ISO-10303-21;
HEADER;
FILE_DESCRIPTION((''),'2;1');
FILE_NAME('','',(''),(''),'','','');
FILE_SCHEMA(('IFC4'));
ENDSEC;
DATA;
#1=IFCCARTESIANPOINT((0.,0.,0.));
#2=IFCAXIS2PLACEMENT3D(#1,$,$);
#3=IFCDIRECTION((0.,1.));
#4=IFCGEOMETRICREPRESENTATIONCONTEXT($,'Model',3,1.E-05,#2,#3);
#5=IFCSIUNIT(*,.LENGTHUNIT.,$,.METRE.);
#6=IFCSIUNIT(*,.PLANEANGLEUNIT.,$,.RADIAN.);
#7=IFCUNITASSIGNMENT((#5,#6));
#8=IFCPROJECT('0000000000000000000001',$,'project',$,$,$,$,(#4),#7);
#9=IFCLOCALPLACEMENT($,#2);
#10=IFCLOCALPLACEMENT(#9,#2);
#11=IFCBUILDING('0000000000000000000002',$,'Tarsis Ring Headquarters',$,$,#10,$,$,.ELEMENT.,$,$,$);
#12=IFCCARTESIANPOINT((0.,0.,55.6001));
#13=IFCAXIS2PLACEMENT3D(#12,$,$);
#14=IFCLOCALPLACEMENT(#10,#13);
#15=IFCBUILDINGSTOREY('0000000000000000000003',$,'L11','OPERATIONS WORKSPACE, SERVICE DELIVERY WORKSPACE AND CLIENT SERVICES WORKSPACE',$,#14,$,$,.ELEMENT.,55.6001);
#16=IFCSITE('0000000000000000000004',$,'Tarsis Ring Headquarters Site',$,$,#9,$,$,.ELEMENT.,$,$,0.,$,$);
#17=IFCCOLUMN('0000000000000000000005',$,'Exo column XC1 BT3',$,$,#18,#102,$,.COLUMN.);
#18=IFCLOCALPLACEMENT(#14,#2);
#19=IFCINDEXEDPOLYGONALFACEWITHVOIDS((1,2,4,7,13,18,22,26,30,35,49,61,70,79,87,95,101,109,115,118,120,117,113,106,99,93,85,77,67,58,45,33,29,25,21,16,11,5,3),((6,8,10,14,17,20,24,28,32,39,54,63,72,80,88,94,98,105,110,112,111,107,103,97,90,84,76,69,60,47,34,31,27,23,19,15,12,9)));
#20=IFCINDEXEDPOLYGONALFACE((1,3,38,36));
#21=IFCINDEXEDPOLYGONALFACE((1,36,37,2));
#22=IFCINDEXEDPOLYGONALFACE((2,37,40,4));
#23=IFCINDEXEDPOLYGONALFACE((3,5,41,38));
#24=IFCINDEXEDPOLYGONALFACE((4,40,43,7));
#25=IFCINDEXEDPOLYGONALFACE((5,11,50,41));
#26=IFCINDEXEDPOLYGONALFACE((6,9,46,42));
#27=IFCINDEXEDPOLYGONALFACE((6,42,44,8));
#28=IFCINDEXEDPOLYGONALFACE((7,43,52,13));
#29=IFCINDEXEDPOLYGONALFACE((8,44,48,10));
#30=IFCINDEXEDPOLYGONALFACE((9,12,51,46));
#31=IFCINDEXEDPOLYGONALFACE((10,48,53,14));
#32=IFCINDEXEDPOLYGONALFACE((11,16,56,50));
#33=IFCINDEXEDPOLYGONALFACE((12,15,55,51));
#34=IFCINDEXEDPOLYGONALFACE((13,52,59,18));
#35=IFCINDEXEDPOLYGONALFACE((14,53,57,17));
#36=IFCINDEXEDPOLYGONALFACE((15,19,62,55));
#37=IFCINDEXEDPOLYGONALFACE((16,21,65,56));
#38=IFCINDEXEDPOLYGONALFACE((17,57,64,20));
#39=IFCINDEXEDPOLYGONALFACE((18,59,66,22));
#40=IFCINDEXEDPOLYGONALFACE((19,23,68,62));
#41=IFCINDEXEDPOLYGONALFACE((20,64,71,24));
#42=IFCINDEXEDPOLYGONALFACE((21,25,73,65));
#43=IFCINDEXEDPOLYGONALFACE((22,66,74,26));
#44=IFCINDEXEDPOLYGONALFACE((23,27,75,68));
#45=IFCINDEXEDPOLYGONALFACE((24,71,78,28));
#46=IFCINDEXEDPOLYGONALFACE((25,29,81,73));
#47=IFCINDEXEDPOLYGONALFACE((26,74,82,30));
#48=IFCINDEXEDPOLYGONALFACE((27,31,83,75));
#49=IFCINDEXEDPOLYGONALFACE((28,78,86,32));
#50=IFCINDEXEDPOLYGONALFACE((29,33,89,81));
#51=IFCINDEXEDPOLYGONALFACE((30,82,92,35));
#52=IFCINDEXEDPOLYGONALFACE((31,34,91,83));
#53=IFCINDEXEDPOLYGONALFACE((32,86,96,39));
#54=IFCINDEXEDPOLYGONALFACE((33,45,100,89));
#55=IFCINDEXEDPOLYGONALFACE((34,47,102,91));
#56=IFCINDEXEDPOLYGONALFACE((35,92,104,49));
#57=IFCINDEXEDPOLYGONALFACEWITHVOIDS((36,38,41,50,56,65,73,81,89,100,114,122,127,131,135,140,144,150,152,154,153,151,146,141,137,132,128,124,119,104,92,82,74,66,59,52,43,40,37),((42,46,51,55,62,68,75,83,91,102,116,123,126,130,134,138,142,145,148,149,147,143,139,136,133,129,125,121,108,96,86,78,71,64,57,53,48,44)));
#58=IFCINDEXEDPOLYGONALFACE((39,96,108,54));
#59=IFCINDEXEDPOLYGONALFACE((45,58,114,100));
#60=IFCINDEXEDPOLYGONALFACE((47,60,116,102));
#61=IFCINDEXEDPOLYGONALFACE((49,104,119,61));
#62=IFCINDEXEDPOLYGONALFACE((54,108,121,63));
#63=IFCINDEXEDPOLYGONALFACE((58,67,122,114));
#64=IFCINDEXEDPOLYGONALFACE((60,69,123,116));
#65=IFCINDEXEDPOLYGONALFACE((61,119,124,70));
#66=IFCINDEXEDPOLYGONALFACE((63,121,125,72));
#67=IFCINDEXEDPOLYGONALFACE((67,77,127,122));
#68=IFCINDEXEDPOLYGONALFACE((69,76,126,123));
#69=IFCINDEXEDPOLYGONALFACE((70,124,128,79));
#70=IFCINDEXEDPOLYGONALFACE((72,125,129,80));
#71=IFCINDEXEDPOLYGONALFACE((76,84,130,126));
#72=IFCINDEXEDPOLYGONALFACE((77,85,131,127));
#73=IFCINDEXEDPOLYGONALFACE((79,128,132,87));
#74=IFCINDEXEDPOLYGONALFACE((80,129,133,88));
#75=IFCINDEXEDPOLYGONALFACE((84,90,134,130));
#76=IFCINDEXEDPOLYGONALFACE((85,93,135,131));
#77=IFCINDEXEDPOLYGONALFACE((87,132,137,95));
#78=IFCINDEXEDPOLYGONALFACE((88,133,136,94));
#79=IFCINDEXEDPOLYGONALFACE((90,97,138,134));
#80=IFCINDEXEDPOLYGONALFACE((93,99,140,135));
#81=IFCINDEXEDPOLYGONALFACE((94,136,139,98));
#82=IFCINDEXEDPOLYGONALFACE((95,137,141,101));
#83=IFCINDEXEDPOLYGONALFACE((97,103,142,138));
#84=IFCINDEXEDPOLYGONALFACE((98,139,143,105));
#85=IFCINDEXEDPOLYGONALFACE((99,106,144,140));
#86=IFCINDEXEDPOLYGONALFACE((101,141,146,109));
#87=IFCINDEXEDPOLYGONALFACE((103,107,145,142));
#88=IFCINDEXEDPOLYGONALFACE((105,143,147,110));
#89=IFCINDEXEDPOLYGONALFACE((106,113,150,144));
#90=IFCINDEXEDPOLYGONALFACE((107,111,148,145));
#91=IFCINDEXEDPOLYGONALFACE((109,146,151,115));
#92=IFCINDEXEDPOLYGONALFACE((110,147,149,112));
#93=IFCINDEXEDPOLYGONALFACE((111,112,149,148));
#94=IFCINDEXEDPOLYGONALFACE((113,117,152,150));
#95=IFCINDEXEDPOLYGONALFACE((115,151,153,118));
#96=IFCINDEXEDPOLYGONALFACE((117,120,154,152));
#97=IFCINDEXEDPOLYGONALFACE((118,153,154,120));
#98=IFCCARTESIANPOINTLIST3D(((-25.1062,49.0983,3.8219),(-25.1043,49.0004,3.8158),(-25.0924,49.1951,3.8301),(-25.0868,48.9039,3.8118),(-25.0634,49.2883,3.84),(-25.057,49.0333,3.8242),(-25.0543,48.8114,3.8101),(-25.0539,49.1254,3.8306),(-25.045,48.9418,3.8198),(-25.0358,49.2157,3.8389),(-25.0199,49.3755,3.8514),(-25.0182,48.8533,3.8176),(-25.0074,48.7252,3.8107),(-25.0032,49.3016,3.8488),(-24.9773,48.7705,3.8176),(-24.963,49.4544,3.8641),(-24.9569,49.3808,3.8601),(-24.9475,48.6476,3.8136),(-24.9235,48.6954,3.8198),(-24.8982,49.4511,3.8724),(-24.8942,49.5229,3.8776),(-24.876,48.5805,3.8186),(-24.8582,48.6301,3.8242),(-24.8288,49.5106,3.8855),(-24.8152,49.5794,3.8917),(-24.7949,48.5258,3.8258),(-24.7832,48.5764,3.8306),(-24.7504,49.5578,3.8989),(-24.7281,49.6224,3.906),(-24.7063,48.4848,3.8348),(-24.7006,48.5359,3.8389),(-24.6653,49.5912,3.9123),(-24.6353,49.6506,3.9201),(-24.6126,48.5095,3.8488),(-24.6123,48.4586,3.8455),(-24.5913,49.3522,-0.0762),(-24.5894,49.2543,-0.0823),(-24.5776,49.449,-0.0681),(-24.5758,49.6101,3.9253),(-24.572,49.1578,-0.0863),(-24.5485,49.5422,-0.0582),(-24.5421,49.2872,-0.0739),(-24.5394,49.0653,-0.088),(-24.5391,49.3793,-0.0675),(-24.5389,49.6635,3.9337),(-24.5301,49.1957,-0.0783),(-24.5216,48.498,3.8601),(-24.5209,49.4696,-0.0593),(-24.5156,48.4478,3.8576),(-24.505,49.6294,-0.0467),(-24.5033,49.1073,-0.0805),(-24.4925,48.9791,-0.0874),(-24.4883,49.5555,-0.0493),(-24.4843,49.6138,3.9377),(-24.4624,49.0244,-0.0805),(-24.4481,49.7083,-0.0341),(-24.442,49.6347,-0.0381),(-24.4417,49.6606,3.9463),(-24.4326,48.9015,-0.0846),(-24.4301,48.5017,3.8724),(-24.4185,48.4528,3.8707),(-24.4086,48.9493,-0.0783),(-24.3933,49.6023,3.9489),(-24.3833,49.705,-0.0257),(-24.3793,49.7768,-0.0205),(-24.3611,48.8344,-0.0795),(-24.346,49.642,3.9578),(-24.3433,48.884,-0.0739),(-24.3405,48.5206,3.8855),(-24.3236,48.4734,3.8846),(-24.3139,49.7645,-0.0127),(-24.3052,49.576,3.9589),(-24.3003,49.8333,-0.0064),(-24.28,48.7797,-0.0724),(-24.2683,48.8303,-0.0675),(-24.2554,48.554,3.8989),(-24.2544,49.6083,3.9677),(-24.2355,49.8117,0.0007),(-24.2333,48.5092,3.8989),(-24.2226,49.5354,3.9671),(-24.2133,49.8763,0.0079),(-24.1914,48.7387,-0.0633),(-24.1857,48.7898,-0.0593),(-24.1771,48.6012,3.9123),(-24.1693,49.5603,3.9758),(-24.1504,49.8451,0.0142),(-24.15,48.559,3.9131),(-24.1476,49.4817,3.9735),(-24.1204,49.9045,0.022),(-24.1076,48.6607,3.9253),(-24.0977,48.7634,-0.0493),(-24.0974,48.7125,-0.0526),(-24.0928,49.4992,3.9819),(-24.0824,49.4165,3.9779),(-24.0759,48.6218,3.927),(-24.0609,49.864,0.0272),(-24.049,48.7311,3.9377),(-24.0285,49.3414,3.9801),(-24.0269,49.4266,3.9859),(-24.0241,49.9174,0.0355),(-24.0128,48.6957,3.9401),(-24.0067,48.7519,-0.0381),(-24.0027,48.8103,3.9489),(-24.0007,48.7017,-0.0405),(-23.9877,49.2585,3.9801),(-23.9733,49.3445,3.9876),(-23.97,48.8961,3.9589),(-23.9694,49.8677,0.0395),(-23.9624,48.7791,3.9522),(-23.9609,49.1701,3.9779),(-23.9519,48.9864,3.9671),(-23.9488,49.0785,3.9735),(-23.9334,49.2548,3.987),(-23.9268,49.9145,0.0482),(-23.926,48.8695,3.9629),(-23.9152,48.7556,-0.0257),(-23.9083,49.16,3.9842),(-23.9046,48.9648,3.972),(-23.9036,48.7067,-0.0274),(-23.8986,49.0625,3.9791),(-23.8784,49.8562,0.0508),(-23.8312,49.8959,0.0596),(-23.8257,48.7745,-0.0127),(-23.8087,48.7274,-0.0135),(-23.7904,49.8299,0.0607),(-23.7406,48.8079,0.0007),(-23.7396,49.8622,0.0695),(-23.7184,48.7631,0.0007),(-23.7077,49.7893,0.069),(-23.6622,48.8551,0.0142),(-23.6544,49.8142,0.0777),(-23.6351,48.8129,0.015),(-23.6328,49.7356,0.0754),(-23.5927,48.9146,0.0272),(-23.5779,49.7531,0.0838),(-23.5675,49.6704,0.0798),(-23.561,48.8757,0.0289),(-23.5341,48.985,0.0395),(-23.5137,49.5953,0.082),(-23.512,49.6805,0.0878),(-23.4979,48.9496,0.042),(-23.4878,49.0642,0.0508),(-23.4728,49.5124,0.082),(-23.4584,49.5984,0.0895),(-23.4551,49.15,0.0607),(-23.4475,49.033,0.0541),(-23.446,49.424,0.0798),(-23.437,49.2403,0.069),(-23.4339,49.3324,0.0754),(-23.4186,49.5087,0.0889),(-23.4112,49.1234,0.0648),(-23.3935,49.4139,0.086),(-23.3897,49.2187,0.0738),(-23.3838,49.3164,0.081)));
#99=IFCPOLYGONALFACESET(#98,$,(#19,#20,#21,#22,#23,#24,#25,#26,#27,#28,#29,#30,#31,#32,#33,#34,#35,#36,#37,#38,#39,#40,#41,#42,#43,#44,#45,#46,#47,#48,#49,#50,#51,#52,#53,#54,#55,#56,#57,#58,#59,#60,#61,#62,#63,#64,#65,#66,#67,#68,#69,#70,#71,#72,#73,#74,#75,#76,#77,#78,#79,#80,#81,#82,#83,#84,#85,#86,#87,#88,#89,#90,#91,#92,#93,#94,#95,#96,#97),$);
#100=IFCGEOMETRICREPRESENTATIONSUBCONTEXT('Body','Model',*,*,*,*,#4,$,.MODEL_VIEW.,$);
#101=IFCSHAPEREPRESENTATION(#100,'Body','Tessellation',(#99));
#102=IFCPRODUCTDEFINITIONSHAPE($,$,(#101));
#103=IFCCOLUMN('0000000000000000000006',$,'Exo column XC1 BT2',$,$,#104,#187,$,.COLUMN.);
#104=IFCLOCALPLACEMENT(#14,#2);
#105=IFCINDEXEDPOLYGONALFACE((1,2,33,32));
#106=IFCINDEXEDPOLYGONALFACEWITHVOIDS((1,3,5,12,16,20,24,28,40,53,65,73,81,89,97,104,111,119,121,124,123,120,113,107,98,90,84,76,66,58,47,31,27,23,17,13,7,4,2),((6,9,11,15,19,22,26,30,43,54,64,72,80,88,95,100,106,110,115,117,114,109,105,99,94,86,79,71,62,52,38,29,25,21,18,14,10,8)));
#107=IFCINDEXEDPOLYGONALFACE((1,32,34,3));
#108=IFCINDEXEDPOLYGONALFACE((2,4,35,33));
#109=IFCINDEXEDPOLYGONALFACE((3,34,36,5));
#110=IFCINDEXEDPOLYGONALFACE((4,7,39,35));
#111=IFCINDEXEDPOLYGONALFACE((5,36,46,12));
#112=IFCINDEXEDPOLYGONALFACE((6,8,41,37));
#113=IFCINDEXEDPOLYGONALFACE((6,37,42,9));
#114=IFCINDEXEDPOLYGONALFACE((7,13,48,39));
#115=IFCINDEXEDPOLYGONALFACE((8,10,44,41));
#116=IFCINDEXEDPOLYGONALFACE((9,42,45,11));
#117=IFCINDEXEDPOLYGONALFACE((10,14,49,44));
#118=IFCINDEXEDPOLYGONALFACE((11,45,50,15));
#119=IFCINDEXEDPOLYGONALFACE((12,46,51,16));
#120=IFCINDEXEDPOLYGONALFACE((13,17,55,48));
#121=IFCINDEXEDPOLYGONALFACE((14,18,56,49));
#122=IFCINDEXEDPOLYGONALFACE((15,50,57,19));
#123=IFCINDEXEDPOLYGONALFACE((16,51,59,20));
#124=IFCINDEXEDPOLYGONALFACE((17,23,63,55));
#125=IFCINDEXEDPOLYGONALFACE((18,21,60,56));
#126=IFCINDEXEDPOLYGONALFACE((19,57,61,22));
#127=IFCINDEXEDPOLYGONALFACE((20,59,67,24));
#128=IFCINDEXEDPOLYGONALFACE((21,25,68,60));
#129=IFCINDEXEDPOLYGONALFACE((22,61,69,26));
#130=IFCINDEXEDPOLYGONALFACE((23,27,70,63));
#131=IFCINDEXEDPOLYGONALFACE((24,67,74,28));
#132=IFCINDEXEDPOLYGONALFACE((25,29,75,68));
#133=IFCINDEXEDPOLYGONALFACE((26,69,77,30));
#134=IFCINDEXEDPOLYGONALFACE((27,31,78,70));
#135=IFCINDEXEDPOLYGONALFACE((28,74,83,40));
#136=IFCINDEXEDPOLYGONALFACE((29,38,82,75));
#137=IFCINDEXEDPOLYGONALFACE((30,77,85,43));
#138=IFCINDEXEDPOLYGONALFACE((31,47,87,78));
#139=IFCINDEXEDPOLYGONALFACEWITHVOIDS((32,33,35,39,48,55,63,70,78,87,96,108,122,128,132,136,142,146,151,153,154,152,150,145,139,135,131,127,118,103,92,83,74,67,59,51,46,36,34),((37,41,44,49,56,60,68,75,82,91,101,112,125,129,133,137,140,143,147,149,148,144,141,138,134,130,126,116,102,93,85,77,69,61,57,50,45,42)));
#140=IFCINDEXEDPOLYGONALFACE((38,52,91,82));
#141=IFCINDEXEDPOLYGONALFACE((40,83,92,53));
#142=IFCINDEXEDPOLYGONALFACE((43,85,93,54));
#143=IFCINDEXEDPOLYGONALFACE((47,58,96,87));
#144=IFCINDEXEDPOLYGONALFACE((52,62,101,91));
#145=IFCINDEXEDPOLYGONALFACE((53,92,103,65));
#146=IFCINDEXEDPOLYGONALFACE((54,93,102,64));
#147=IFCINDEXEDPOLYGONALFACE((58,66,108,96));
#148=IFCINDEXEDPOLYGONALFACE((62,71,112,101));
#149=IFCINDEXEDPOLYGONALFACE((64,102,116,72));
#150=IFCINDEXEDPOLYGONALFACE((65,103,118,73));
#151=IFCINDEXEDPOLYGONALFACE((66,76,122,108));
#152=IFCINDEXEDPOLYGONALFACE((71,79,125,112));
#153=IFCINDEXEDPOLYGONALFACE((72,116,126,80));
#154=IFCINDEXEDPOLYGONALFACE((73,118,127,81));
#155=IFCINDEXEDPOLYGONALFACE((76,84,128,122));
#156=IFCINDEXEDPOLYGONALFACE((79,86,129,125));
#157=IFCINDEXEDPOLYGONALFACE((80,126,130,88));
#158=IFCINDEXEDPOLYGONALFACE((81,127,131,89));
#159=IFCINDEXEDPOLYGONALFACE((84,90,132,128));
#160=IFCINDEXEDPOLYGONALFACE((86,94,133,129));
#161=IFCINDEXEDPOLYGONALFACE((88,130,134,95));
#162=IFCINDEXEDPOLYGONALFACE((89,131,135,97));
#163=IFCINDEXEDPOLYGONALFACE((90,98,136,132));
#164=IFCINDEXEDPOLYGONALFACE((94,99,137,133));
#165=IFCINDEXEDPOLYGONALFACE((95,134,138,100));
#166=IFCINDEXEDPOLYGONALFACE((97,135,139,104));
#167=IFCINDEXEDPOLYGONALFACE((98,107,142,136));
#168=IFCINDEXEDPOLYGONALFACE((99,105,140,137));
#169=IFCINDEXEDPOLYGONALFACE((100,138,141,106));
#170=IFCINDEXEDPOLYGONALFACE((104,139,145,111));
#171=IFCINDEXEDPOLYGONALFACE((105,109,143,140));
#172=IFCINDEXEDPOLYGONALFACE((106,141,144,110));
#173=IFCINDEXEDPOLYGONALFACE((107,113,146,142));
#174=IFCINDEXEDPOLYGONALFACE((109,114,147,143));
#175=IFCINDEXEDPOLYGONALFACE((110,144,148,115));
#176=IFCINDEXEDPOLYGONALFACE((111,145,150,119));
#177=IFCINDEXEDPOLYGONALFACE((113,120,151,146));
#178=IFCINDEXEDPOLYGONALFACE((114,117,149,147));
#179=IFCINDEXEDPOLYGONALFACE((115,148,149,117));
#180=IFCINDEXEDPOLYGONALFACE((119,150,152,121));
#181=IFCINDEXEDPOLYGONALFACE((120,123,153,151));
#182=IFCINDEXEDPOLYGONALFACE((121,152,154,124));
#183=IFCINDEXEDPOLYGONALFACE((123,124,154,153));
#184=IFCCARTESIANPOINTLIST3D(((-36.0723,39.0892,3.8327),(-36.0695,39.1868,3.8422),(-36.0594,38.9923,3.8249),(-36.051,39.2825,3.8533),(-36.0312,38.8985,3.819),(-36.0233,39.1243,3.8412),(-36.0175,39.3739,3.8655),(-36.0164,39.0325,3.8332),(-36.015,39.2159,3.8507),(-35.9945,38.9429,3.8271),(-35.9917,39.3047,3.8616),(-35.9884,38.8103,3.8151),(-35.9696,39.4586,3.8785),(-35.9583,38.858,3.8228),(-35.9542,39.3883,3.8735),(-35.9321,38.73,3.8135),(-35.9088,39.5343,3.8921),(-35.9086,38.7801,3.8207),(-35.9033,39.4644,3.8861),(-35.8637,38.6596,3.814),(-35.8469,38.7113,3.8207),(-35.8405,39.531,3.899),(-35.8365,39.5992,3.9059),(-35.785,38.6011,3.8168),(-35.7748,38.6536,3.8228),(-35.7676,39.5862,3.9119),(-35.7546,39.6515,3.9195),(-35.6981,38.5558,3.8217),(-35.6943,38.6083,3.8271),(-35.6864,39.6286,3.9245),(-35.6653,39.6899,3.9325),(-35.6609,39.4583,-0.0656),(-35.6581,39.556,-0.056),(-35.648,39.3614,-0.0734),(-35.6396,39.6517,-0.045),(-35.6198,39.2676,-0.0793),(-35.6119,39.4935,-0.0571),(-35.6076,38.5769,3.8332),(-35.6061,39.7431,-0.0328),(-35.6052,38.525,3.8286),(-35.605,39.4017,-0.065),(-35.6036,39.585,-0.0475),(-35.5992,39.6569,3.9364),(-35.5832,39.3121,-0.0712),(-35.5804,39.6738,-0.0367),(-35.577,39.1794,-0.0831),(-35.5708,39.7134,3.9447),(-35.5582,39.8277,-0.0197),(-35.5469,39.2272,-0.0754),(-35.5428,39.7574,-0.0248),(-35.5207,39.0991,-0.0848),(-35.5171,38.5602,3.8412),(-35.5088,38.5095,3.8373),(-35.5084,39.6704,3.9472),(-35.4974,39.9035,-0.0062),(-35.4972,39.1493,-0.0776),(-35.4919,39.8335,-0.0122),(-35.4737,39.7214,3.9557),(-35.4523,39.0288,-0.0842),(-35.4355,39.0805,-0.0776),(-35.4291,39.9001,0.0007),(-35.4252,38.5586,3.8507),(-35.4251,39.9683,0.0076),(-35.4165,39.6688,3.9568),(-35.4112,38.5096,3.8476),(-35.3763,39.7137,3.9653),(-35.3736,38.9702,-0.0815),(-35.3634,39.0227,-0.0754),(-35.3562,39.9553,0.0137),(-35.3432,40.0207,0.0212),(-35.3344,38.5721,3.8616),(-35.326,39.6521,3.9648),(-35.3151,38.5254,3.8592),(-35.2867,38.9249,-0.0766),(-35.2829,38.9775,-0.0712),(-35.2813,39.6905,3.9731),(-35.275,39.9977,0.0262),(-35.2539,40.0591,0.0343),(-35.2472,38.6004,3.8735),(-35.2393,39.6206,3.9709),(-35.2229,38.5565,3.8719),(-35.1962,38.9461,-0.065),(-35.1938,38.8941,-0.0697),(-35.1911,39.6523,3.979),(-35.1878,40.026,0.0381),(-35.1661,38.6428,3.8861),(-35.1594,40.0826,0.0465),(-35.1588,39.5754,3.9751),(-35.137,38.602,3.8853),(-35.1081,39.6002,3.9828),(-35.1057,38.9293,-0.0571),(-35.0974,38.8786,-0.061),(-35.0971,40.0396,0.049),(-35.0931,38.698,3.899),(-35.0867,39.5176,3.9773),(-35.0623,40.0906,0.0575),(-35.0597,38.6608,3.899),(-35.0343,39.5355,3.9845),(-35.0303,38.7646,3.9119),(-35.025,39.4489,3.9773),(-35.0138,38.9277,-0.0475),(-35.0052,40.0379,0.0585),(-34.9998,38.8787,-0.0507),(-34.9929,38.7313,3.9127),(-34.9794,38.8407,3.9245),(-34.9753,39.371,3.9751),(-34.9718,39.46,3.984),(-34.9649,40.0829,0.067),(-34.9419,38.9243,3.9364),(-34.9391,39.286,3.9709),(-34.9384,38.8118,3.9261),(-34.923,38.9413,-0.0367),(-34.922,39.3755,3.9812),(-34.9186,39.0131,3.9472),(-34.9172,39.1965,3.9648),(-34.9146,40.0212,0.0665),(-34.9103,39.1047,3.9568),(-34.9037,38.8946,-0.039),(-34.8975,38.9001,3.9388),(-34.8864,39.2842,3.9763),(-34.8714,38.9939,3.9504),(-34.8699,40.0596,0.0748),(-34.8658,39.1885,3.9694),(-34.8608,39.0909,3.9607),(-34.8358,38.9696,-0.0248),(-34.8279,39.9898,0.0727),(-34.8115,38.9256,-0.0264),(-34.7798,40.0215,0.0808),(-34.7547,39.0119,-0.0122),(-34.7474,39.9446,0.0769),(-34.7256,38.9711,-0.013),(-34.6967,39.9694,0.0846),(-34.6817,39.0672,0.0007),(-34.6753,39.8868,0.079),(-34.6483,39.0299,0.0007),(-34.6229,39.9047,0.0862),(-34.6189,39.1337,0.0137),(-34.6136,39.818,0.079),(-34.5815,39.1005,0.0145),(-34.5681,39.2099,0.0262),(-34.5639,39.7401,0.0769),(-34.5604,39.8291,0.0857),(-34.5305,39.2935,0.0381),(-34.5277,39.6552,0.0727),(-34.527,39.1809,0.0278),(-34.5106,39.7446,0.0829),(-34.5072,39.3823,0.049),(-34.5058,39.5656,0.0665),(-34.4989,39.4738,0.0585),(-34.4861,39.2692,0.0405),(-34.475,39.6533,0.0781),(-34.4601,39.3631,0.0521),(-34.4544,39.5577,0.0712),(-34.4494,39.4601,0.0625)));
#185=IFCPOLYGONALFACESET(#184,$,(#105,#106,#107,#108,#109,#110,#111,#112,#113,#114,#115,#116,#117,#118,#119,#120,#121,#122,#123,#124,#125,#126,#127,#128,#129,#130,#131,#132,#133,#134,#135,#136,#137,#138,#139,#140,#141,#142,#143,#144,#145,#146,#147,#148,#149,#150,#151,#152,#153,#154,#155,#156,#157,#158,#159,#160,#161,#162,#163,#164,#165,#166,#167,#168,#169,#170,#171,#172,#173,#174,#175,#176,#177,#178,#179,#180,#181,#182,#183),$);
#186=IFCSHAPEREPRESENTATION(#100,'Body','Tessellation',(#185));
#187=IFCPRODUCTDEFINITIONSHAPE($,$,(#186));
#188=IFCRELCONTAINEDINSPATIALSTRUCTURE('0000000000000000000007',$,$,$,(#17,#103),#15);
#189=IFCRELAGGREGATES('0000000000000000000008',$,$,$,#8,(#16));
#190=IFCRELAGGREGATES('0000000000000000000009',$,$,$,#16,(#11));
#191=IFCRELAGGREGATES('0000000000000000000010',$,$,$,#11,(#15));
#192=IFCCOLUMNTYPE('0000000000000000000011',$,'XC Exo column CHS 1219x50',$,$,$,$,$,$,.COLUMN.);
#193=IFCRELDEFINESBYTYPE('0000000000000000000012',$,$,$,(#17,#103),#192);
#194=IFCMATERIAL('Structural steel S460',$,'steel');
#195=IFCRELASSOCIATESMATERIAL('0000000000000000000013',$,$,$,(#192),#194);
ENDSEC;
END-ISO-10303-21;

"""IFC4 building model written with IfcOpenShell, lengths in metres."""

from ifc_helpers import new_model, si_unit, direction, frame, origin, origin_2d, place, context, subcontext, project, spatial, hollow_circle, extrude, material, material_profile, profile_set, type_object, element, save


model = new_model("IFC4")

# Units and contexts
model_context = context("Model", 3, precision=1e-05, world=origin(), true_north=direction((0.0, 1.0)))
body_context = subcontext(model_context, "Body", "Model", "MODEL_VIEW")
ifc_project = project(units=[si_unit("LENGTHUNIT", "METRE"), si_unit("PLANEANGLEUNIT", "RADIAN")], contexts=[model_context])

# Site, building, storey
site_placement = place(None, origin())
site = spatial("IfcSite", under=ifc_project, at=site_placement, Name="Tarsis Ring Headquarters Site", CompositionType="ELEMENT", RefElevation=0.0)
building_placement = place(site_placement, origin())
building = spatial("IfcBuilding", under=site, at=building_placement, Name="Tarsis Ring Headquarters", CompositionType="ELEMENT")
storey_placement = place(building_placement, frame((0.0, 0.0, 55.6001)))
storey = spatial("IfcBuildingStorey", under=building, at=storey_placement, Name="L11", Description="OPERATIONS WORKSPACE, SERVICE DELIVERY WORKSPACE AND CLIENT SERVICES WORKSPACE", CompositionType="ELEMENT", Elevation=55.6001)

# Columns
ifc_material_1 = material(Name="Structural steel S460", Category="steel")
ifc_material_profile_1 = material_profile(ifc_material_1, hollow_circle(Radius=0.6096, WallThickness=0.05, at=origin_2d()), Name="CHS 1219x50")
ifc_profile_set_1 = profile_set([ifc_material_profile_1], Name="Structural steel S460")
column_type = type_object("IfcColumnType", Name="XC Exo column CHS 1219x50", PredefinedType="COLUMN", material=ifc_profile_set_1)
column_1_placement = place(storey_placement, frame((-23.988, 49.3098, 0.0007), z_axis=(-0.130675, -0.064439, 0.989329), x_axis=(0.442274, -0.89688, 0.0)))
element("IfcColumn", 1, at=column_1_placement, inside=storey, type_object=column_type, Name="Exo column XC1 BT3", PredefinedType="COLUMN", context=body_context, shape_type="SweptSolid", body=[
    extrude(hollow_circle(Radius=0.6096, WallThickness=0.05, at=origin_2d()), origin(), (0.0, 0.0, 1.0), 3.9402),
])
column_2_placement = place(storey_placement, frame((-35.0554, 39.4836, 0.0007), z_axis=(-0.104485, -0.093758, 0.990097), x_axis=(0.667866, -0.744282, 0.0)))
element("IfcColumn", 2, at=column_2_placement, inside=storey, type_object=column_type, Name="Exo column XC1 BT2", PredefinedType="COLUMN", context=body_context, shape_type="SweptSolid", body=[
    extrude(hollow_circle(Radius=0.6096, WallThickness=0.05, at=origin_2d()), origin(), (0.0, 0.0, 1.0), 3.9373),
])

save(model, "model.ifc")
